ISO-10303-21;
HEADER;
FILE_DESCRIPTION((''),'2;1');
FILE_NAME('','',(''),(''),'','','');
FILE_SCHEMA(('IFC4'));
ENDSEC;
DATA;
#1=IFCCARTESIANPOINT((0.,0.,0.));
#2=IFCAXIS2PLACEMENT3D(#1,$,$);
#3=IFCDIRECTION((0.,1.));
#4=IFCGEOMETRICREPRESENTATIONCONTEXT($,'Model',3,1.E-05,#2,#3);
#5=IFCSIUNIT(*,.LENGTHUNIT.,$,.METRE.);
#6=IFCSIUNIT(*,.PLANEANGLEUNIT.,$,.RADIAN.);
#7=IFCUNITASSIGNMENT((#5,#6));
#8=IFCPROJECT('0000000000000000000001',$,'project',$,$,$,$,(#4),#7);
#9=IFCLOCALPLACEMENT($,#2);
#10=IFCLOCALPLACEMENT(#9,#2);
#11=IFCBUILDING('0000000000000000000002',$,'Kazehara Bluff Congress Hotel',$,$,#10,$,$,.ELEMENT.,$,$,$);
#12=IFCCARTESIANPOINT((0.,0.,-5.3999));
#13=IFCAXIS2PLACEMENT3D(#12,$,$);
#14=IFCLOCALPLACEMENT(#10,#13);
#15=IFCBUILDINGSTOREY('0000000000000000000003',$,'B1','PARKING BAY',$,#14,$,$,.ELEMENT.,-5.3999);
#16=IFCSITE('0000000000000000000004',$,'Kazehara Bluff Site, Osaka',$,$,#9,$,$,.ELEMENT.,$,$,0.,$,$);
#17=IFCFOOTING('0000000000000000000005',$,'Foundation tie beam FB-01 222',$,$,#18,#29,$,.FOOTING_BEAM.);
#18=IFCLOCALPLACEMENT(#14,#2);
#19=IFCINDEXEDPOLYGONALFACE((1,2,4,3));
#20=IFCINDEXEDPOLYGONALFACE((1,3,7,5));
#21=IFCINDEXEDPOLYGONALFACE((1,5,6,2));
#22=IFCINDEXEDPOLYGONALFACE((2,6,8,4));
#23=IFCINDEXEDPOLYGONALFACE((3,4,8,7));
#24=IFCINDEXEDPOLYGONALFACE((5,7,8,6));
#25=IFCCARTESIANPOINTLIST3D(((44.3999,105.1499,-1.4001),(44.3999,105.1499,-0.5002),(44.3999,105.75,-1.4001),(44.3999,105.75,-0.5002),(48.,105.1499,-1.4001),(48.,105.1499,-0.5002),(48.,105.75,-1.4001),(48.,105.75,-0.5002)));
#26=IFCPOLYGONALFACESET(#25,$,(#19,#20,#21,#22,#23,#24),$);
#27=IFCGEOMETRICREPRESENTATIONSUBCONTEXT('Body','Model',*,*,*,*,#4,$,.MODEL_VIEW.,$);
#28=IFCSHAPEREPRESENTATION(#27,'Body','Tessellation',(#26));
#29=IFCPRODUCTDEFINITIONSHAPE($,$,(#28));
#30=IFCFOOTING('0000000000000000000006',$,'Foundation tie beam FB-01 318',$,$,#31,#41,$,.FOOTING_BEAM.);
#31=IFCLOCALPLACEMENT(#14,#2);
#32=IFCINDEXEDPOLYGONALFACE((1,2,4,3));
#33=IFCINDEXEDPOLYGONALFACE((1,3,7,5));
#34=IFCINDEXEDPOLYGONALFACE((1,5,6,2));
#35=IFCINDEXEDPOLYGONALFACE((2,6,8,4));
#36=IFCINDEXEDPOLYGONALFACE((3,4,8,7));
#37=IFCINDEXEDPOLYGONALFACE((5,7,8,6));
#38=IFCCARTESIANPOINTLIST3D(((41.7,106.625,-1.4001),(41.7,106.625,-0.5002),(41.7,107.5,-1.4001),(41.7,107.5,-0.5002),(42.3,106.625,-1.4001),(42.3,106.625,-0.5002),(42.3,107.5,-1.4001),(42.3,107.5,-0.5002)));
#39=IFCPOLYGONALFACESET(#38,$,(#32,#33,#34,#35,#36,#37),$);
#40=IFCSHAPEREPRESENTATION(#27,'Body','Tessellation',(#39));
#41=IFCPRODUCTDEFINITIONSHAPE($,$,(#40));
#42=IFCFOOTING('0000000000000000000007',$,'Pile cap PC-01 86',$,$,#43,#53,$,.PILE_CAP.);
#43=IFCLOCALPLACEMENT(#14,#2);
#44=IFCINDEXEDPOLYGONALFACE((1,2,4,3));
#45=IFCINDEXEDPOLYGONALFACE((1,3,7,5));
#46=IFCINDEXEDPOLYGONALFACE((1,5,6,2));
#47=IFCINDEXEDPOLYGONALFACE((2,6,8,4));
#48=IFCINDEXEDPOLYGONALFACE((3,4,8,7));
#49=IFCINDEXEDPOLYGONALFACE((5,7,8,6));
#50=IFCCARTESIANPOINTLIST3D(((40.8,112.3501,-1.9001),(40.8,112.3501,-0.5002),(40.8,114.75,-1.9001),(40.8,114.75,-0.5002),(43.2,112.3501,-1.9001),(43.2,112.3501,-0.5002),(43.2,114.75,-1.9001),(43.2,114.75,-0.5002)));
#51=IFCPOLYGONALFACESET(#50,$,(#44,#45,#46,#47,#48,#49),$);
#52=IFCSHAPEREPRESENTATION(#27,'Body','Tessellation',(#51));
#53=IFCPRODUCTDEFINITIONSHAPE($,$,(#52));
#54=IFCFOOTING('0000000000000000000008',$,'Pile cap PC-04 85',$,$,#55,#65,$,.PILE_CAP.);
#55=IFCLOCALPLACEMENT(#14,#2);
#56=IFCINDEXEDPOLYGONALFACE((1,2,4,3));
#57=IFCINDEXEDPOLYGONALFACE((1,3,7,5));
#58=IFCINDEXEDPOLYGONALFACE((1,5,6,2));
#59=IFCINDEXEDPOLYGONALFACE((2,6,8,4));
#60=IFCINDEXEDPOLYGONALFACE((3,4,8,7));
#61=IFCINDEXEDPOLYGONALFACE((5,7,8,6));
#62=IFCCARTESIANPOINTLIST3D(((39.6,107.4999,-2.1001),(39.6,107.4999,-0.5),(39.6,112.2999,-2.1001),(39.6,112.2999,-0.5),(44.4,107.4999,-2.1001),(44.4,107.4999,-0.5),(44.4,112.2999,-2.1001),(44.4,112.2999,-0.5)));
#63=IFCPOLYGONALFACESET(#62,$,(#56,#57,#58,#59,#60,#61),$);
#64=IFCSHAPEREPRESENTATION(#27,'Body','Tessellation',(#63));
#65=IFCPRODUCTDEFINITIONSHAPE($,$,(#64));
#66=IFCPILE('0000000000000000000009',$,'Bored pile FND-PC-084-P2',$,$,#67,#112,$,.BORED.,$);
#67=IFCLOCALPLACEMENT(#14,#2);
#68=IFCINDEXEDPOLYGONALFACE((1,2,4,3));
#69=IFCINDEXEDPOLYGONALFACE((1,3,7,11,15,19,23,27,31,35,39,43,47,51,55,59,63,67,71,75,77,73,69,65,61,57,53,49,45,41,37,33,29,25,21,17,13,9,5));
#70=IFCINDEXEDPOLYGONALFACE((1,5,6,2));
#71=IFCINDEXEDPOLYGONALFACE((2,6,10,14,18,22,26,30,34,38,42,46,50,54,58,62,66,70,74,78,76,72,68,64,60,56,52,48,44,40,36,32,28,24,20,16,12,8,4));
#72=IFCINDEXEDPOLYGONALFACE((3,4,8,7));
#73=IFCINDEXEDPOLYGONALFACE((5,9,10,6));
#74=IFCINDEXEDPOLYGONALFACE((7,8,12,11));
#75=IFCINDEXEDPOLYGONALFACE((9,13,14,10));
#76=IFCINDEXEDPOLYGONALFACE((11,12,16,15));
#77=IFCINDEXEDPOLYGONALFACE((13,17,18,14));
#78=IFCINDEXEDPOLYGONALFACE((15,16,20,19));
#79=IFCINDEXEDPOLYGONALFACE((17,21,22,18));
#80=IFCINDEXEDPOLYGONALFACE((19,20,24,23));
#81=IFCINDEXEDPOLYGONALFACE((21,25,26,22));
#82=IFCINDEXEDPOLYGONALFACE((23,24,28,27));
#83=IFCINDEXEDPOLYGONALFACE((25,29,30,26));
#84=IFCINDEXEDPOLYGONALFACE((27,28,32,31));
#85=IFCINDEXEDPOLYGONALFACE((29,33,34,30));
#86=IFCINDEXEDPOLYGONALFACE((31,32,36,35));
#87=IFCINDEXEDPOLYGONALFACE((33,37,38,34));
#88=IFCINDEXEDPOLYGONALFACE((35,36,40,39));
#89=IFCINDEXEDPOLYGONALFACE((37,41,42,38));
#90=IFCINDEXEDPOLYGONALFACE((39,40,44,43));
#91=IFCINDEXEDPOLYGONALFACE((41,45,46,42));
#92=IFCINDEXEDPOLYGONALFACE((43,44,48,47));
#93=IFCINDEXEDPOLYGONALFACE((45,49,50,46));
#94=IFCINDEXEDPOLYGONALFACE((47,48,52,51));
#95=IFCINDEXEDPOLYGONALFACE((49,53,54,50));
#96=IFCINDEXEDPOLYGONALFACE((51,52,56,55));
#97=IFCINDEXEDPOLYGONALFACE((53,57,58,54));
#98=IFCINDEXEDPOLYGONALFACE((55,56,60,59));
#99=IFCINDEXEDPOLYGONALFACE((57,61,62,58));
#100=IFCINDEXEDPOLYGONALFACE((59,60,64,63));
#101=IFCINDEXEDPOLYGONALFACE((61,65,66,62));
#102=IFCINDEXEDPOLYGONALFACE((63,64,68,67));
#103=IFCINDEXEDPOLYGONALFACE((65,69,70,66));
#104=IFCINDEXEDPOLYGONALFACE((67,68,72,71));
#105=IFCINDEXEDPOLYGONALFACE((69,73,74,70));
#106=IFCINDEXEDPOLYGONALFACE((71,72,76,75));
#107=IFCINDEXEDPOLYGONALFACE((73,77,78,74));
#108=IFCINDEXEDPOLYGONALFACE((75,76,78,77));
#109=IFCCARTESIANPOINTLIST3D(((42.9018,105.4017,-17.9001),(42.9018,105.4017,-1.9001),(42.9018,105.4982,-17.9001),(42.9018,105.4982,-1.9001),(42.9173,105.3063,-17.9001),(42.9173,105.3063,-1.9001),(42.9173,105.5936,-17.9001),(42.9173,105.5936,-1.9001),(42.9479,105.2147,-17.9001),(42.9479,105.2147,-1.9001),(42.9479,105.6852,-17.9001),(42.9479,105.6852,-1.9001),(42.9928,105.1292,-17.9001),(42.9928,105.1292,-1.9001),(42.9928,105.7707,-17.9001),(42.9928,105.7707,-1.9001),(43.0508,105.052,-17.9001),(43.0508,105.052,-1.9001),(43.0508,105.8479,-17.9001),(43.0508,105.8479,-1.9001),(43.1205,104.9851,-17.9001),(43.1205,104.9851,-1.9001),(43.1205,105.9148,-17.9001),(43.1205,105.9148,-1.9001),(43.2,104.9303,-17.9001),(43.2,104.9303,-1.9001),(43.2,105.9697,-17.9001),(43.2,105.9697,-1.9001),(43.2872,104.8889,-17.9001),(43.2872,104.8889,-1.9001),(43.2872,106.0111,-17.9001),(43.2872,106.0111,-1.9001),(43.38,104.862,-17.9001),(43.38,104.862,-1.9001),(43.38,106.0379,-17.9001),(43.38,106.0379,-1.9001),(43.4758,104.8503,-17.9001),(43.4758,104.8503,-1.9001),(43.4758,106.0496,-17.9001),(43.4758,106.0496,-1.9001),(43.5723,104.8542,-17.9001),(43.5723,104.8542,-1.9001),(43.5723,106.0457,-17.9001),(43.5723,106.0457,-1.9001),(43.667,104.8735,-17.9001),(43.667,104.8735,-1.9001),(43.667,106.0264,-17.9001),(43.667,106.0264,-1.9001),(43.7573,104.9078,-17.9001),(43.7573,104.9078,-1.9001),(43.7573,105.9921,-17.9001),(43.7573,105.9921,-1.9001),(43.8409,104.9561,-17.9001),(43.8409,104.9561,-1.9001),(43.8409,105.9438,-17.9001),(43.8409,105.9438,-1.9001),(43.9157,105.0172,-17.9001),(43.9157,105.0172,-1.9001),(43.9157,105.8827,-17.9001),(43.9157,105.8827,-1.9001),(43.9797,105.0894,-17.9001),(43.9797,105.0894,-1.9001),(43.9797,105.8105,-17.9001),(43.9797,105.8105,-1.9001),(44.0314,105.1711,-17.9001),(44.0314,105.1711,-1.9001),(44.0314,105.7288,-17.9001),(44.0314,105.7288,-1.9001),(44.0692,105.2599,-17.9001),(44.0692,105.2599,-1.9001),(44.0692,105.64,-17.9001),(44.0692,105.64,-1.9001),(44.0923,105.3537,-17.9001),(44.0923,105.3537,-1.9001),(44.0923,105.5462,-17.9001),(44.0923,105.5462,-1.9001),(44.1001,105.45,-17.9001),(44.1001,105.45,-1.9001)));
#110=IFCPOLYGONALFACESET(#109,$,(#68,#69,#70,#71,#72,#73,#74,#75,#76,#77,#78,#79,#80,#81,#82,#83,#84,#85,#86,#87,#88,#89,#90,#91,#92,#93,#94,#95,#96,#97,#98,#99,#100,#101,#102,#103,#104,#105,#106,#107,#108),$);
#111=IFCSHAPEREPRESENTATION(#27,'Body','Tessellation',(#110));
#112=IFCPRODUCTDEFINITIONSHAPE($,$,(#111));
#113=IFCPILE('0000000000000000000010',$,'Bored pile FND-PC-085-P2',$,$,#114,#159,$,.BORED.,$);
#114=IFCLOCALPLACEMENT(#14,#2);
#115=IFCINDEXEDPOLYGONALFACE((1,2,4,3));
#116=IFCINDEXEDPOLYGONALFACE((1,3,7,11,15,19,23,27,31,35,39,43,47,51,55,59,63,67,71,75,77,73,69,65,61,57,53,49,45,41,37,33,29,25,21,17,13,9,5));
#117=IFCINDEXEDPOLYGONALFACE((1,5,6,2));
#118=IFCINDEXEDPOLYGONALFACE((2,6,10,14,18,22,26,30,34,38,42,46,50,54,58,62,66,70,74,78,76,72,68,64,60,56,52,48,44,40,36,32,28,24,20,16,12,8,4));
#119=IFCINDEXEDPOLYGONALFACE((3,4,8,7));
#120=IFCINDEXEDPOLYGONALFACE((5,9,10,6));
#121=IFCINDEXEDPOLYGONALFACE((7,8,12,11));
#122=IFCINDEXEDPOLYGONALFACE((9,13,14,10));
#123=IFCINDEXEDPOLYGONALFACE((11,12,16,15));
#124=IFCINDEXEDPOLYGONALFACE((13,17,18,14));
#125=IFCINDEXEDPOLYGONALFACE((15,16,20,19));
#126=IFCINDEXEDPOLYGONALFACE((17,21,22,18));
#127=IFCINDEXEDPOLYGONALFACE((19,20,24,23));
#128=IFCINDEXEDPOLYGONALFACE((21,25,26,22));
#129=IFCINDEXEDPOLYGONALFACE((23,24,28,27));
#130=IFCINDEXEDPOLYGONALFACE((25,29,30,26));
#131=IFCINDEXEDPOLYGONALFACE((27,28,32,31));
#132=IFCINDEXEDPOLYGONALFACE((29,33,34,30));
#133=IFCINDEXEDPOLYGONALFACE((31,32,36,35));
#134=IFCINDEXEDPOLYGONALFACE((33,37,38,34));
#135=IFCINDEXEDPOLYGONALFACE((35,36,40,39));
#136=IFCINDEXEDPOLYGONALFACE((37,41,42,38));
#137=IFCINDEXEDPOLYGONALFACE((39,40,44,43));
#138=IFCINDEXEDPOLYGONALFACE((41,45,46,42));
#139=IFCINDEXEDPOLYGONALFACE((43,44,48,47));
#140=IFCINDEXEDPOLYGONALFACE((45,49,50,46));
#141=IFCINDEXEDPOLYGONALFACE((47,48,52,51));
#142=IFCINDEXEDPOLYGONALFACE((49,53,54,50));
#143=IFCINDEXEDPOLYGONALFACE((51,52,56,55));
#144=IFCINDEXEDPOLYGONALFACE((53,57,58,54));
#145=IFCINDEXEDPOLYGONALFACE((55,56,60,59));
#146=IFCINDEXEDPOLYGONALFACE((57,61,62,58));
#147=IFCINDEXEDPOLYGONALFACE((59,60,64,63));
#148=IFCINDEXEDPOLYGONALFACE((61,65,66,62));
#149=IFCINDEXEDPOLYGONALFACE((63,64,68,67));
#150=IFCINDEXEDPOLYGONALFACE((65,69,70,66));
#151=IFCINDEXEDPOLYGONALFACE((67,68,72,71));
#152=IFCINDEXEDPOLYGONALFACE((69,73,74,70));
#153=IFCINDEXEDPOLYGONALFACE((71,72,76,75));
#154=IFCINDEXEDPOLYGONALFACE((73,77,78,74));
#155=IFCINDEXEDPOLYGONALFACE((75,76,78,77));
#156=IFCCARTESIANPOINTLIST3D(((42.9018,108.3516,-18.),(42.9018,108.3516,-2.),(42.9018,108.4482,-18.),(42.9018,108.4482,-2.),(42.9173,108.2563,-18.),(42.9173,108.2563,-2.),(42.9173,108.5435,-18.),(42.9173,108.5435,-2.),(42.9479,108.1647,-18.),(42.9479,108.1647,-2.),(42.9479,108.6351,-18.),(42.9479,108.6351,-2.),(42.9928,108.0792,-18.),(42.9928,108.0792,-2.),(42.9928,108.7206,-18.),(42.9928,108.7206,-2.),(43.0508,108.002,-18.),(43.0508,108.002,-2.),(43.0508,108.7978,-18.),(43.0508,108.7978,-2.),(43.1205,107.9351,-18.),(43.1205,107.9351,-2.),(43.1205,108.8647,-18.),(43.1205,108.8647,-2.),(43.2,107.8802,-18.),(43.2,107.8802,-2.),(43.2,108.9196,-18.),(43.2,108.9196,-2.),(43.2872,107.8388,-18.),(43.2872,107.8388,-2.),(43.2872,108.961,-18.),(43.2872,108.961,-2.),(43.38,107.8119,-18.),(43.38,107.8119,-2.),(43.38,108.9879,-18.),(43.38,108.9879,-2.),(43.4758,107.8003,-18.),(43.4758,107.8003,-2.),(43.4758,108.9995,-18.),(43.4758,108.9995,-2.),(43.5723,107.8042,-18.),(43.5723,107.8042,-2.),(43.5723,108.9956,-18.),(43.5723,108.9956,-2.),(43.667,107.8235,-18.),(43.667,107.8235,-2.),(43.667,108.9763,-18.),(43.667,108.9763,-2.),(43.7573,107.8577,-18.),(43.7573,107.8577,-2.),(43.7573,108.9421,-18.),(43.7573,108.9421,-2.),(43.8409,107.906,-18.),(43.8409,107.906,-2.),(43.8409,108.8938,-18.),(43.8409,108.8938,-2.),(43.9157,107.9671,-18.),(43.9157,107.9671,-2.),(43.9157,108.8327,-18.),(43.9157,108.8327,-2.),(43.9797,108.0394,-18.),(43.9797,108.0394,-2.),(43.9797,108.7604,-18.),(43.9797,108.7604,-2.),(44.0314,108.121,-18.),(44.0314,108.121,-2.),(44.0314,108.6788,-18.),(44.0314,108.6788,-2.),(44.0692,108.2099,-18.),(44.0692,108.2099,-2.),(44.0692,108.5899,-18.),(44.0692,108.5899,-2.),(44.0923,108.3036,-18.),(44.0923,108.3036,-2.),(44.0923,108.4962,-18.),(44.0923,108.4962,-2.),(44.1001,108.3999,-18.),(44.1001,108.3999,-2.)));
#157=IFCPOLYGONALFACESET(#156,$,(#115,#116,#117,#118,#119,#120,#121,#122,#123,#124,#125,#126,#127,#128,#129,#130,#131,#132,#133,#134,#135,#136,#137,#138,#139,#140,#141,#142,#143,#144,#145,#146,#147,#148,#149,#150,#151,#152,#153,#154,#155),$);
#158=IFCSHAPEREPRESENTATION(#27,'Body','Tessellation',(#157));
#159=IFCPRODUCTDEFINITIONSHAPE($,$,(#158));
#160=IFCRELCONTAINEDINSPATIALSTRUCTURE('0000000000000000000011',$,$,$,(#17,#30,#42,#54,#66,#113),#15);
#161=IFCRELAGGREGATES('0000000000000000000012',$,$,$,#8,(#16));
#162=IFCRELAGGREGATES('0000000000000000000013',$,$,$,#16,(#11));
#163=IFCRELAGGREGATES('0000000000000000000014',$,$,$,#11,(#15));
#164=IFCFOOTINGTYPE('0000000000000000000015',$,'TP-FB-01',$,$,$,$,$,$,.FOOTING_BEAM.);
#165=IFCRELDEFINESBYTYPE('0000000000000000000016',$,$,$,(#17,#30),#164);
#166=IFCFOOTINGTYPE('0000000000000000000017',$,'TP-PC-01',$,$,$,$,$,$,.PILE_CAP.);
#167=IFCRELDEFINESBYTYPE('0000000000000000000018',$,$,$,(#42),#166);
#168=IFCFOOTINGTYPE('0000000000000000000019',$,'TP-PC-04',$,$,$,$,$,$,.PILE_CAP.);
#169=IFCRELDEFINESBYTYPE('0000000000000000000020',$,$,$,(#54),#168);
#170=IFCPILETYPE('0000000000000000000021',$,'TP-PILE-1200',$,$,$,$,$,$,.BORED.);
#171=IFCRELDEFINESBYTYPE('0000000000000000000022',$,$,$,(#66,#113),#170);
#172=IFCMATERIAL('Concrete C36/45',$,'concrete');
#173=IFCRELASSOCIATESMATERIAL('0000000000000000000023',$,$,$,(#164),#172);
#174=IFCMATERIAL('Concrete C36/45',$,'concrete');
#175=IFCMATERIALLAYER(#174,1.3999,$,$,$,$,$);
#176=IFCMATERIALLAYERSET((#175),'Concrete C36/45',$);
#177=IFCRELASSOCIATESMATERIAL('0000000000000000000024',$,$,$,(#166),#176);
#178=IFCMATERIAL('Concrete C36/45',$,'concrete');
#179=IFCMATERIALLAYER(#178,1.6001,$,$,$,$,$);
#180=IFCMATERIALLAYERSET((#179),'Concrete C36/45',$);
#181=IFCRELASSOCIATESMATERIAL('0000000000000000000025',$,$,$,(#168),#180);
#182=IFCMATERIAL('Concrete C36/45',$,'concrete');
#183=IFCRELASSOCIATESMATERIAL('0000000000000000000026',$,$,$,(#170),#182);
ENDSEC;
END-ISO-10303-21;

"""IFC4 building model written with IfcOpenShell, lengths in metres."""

from ifc_helpers import new_model, si_unit, direction, frame, origin, origin_2d, place, context, subcontext, project, spatial, rectangle, circle, extrude, material, layer, layer_set, material_profile, profile_set, type_object, element, save


model = new_model("IFC4")

# Units and contexts
model_context = context("Model", 3, precision=1e-05, world=origin(), true_north=direction((0.0, 1.0)))
body_context = subcontext(model_context, "Body", "Model", "MODEL_VIEW")
ifc_project = project(units=[si_unit("LENGTHUNIT", "METRE"), si_unit("PLANEANGLEUNIT", "RADIAN")], contexts=[model_context])

# Site, building, storey
site_placement = place(None, origin())
site = spatial("IfcSite", under=ifc_project, at=site_placement, Name="Kazehara Bluff Site, Osaka", CompositionType="ELEMENT", RefElevation=0.0)
building_placement = place(site_placement, origin())
building = spatial("IfcBuilding", under=site, at=building_placement, Name="Kazehara Bluff Congress Hotel", CompositionType="ELEMENT")
storey_placement = place(building_placement, frame((0.0, 0.0, -5.3999)))
storey = spatial("IfcBuildingStorey", under=building, at=storey_placement, Name="B1", Description="PARKING BAY", CompositionType="ELEMENT", Elevation=-5.3999)

# Footings
ifc_material_1 = material(Name="Concrete C36/45", Category="concrete")
ifc_material_profile_1 = material_profile(ifc_material_1, rectangle(XDim=0.6001, YDim=0.8999, at=origin_2d()))
ifc_profile_set_1 = profile_set([ifc_material_profile_1], Name="Concrete C36/45")
footing_type_1 = type_object("IfcFootingType", Name="TP-FB-01", PredefinedType="FOOTING_BEAM", material=ifc_profile_set_1)
footing_1_placement = place(storey_placement, frame((44.3999, 105.45, -0.9502), z_axis=(1.0, 0.0, 0.0), x_axis=(0.0, 1.0, 0.0)))
element("IfcFooting", 1, at=footing_1_placement, inside=storey, type_object=footing_type_1, Name="Foundation tie beam FB-01 222", PredefinedType="FOOTING_BEAM", context=body_context, shape_type="SweptSolid", body=[
    extrude(rectangle(XDim=0.6001, YDim=0.8999, at=origin_2d()), origin(), (0.0, 0.0, 1.0), 3.6001),
])
footing_2_placement = place(storey_placement, frame((42.0, 106.625, -0.9502), z_axis=(0.0, 1.0, 0.0), x_axis=(-1.0, 0.0, 0.0)))
element("IfcFooting", 2, at=footing_2_placement, inside=storey, type_object=footing_type_1, Name="Foundation tie beam FB-01 318", PredefinedType="FOOTING_BEAM", context=body_context, shape_type="SweptSolid", body=[
    extrude(rectangle(XDim=0.6001, YDim=0.8999, at=origin_2d()), origin(), (0.0, 0.0, 1.0), 0.875),
])
ifc_material_2 = material(Name="Concrete C36/45", Category="concrete")
ifc_layer_1 = layer(ifc_material_2, 1.3999)
ifc_layer_set_1 = layer_set([ifc_layer_1], Name="Concrete C36/45")
footing_type_2 = type_object("IfcFootingType", Name="TP-PC-01", PredefinedType="PILE_CAP", material=ifc_layer_set_1)
footing_3_placement = place(storey_placement, frame((42.0, 113.55, -1.9001), z_axis=(0.0, 0.0, 1.0), x_axis=(1.0, 0.0, 0.0)))
element("IfcFooting", 3, at=footing_3_placement, inside=storey, type_object=footing_type_2, Name="Pile cap PC-01 86", PredefinedType="PILE_CAP", context=body_context, shape_type="SweptSolid", body=[
    extrude(rectangle(XDim=2.3999, YDim=2.3999, at=origin_2d()), origin(), (0.0, 0.0, 1.0), 1.3999),
])
ifc_material_3 = material(Name="Concrete C36/45", Category="concrete")
ifc_layer_2 = layer(ifc_material_3, 1.6001)
ifc_layer_set_2 = layer_set([ifc_layer_2], Name="Concrete C36/45")
footing_type_3 = type_object("IfcFootingType", Name="TP-PC-04", PredefinedType="PILE_CAP", material=ifc_layer_set_2)
footing_4_placement = place(storey_placement, frame((42.0, 109.8999, -2.1001), z_axis=(0.0, 0.0, 1.0), x_axis=(1.0, 0.0, 0.0)))
element("IfcFooting", 4, at=footing_4_placement, inside=storey, type_object=footing_type_3, Name="Pile cap PC-04 85", PredefinedType="PILE_CAP", context=body_context, shape_type="SweptSolid", body=[
    extrude(rectangle(XDim=4.8, YDim=4.8, at=origin_2d()), origin(), (0.0, 0.0, 1.0), 1.6001),
])

# Piles
ifc_material_4 = material(Name="Concrete C36/45", Category="concrete")
ifc_material_profile_2 = material_profile(ifc_material_4, circle(Radius=0.6001, at=origin_2d()))
ifc_profile_set_2 = profile_set([ifc_material_profile_2], Name="Concrete C36/45")
pile_type = type_object("IfcPileType", Name="TP-PILE-1200", PredefinedType="BORED", material=ifc_profile_set_2)
for number, where, z_axis, x_axis, name in (
    (5, (43.5, 105.45, -1.9001), (0.0, 0.0, -1.0), (1.0, 0.0, 0.0), "Bored pile FND-PC-084-P2"),
    (6, (43.5, 108.3999, -2.0), (0.0, 0.0, -1.0), (1.0, 0.0, 0.0), "Bored pile FND-PC-085-P2"),
):
    element("IfcPile", number, at=place(storey_placement, frame(where, z_axis=z_axis, x_axis=x_axis)), inside=storey, type_object=pile_type, Name=name, PredefinedType="BORED", context=body_context, shape_type="SweptSolid", body=[
        extrude(circle(Radius=0.6001, at=origin_2d()), origin(), (0.0, 0.0, 1.0), 16.0),
    ])

save(model, "model.ifc")
